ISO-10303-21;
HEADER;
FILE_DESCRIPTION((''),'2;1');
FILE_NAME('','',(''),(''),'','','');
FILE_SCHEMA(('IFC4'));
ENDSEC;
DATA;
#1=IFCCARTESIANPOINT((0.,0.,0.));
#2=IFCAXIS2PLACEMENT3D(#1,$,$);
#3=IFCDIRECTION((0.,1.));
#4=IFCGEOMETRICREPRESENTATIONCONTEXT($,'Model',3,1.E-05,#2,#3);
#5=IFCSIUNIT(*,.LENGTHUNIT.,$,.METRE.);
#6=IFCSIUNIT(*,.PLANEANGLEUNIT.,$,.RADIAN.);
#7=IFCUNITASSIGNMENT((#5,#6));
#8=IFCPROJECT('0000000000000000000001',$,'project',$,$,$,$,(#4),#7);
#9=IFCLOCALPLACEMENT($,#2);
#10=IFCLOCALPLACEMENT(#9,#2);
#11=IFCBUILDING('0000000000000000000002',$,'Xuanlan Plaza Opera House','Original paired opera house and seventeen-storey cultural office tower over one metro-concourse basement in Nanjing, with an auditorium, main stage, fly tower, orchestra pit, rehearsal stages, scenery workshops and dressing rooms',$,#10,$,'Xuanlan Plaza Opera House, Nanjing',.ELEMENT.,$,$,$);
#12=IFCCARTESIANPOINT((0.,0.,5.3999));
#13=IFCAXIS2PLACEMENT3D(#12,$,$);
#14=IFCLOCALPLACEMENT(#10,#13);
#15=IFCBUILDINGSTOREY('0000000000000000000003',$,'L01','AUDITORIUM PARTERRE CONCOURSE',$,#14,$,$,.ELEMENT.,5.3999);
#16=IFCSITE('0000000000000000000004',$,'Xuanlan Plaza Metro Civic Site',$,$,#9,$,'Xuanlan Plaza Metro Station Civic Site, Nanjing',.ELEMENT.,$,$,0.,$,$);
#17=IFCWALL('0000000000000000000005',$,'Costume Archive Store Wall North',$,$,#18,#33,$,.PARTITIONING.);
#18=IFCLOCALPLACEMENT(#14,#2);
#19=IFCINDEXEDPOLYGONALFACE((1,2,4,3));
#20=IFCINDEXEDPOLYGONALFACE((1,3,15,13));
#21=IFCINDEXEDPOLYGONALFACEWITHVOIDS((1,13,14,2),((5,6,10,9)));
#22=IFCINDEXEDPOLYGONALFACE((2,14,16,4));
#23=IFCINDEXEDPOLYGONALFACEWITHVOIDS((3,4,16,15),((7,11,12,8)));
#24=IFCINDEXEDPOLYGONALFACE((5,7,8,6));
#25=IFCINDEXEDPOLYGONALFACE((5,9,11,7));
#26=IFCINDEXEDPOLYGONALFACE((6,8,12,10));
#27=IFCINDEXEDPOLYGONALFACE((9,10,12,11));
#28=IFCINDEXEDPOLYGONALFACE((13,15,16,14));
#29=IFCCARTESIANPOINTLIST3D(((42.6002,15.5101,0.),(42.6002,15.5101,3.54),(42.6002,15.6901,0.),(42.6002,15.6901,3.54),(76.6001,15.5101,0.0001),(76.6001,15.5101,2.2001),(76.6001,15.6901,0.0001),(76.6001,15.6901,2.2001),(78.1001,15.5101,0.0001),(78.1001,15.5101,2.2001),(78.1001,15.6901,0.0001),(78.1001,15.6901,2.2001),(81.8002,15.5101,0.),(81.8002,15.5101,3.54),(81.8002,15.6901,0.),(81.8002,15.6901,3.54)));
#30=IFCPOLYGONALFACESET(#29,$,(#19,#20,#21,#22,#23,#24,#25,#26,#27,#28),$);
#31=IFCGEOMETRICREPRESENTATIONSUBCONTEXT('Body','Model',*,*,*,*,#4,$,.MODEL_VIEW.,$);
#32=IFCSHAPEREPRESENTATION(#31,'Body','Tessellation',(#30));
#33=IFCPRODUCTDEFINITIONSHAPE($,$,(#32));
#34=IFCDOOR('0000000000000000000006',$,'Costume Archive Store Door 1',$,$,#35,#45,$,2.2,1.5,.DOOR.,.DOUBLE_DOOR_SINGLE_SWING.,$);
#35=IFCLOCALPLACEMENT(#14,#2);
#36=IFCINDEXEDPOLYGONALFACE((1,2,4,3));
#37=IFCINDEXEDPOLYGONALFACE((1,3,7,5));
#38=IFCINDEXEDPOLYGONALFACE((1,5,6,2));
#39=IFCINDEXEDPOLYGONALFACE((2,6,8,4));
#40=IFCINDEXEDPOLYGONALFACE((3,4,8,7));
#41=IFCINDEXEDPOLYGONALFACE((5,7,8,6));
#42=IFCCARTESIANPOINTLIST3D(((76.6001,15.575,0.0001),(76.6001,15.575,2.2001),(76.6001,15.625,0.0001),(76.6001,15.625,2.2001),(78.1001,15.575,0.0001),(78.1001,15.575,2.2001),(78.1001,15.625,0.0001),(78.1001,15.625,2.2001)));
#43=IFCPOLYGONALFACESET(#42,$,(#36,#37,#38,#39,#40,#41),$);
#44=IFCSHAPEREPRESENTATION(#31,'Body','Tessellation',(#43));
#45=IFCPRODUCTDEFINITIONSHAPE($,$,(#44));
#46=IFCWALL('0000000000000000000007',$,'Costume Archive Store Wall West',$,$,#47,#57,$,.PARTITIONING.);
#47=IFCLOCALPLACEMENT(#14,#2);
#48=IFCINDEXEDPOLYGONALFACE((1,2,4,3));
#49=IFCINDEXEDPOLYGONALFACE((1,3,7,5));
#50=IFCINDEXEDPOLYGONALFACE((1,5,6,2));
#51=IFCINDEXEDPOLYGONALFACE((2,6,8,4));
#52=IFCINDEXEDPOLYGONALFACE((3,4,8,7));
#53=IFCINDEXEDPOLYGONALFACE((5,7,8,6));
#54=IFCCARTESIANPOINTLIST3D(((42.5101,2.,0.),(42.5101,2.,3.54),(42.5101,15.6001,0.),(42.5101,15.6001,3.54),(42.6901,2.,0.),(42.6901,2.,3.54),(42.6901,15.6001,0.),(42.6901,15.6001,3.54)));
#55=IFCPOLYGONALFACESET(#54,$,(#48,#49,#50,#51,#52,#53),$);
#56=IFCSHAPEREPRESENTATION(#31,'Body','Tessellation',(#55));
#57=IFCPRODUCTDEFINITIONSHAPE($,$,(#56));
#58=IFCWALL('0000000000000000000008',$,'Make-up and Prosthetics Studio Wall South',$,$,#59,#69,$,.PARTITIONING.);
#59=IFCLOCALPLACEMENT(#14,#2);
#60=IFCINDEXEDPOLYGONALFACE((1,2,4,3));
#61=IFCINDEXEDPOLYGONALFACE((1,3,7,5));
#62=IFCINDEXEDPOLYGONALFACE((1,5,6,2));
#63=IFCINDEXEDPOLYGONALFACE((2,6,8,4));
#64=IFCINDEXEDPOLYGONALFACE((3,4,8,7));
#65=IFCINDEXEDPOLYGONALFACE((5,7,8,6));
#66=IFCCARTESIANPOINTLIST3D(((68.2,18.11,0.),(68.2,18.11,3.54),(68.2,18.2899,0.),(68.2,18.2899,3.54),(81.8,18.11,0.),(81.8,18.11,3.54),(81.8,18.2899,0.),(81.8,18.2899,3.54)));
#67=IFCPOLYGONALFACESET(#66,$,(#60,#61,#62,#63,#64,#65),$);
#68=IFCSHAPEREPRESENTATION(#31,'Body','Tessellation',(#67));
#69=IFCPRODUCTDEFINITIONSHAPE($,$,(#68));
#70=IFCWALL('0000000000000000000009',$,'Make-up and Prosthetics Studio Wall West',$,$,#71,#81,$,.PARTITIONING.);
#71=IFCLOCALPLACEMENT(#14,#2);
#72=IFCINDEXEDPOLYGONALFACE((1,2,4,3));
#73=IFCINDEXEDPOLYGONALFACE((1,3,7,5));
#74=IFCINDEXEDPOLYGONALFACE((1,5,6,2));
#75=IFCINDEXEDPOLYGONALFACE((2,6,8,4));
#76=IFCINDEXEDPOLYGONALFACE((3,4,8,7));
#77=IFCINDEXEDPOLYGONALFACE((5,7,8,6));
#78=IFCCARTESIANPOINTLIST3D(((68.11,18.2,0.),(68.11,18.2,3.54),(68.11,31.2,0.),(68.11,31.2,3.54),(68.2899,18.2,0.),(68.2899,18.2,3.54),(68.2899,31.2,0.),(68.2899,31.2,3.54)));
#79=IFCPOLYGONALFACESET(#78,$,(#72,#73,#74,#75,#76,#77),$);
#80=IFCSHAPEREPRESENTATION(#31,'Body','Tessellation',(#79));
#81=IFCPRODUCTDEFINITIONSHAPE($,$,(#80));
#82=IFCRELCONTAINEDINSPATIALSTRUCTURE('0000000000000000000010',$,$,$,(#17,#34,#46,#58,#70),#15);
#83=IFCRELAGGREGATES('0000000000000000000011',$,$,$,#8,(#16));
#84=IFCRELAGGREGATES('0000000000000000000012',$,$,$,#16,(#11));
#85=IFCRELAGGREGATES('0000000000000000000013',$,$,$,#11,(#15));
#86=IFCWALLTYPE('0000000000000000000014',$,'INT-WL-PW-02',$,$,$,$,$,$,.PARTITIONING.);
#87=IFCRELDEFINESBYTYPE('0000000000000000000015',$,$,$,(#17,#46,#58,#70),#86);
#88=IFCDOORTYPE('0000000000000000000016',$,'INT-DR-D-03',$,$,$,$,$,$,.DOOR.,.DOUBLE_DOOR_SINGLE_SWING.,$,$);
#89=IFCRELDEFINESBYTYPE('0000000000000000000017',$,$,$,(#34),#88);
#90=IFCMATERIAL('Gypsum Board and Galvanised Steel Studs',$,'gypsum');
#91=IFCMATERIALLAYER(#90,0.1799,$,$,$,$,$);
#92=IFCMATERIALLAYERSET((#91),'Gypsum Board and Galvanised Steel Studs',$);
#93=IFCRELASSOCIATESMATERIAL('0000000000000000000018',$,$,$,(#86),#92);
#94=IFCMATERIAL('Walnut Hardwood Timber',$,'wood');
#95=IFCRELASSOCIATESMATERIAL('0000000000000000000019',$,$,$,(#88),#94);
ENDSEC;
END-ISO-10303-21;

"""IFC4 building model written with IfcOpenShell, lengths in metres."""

from ifc_helpers import new_model, si_unit, direction, frame, frame_2d, origin, place, context, subcontext, project, spatial, rectangle, extrude, material, layer, layer_set, type_object, element, fill, save


model = new_model("IFC4")

# Units and contexts
model_context = context("Model", 3, precision=1e-05, world=origin(), true_north=direction((0.0, 1.0)))
body_context = subcontext(model_context, "Body", "Model", "MODEL_VIEW")
ifc_project = project(units=[si_unit("LENGTHUNIT", "METRE"), si_unit("PLANEANGLEUNIT", "RADIAN")], contexts=[model_context])

# Site, building, storey
site_placement = place(None, origin())
site = spatial("IfcSite", under=ifc_project, at=site_placement, Name="Xuanlan Plaza Metro Civic Site", LongName="Xuanlan Plaza Metro Station Civic Site, Nanjing", CompositionType="ELEMENT", RefElevation=0.0)
building_placement = place(site_placement, origin())
building = spatial("IfcBuilding", under=site, at=building_placement, Name="Xuanlan Plaza Opera House", Description="Original paired opera house and seventeen-storey cultural office tower over one metro-concourse basement in Nanjing, with an auditorium, main stage, fly tower, orchestra pit, rehearsal stages, scenery workshops and dressing rooms", LongName="Xuanlan Plaza Opera House, Nanjing", CompositionType="ELEMENT")
storey_placement = place(building_placement, frame((0.0, 0.0, 5.3999)))
storey = spatial("IfcBuildingStorey", under=building, at=storey_placement, Name="L01", Description="AUDITORIUM PARTERRE CONCOURSE", CompositionType="ELEMENT", Elevation=5.3999)

# Shared definitions
ifc_material_1 = material(Name="Gypsum Board and Galvanised Steel Studs", Category="gypsum")
ifc_layer = layer(ifc_material_1, 0.1799)
ifc_layer_set = layer_set([ifc_layer], Name="Gypsum Board and Galvanised Steel Studs")
wall_type = type_object("IfcWallType", Name="INT-WL-PW-02", PredefinedType="PARTITIONING", material=ifc_layer_set)

# Wall, opening, door
wall_1_placement = place(storey_placement, frame((42.6001, 15.6001, 0.0), z_axis=(0.0, 0.0, 1.0), x_axis=(1.0, 0.0, 0.0)))
wall_1 = element("IfcWall", 1, at=wall_1_placement, inside=storey, type_object=wall_type, Name="Costume Archive Store Wall North", PredefinedType="PARTITIONING", context=body_context, shape_type="SweptSolid", body=[
    extrude(rectangle(XDim=39.2, YDim=0.1799, at=frame_2d((19.6001, 0.0))), origin(), (0.0, 0.0, 1.0), 3.54),
])
opening_placement = place(wall_1_placement, frame((34.0, 0.0, 0.0)))
opening = element("IfcOpeningElement", 2, at=opening_placement, cuts=wall_1, PredefinedType="OPENING", context=body_context, shape_type="SweptSolid", body=[
    extrude(rectangle(XDim=1.5, YDim=2.2, at=frame_2d((0.75, 1.1001))), frame((0.0, 0.0999, 0.0), z_axis=(0.0, -1.0, 0.0), x_axis=(1.0, 0.0, 0.0)), (0.0, 0.0, 1.0), 0.2),
])
ifc_material_2 = material(Name="Walnut Hardwood Timber", Category="wood")
door_type = type_object("IfcDoorType", Name="INT-DR-D-03", OperationType="DOUBLE_DOOR_SINGLE_SWING", PredefinedType="DOOR", material=ifc_material_2)
door_placement = place(opening_placement, origin())
door = element("IfcDoor", 3, at=door_placement, inside=storey, type_object=door_type, Name="Costume Archive Store Door 1", OperationType="DOUBLE_DOOR_SINGLE_SWING", OverallHeight=2.2, OverallWidth=1.5, PredefinedType="DOOR", context=body_context, shape_type="SweptSolid", body=[
    extrude(rectangle(XDim=1.5, YDim=2.2, at=frame_2d((0.75, 1.1001))), frame((0.0, 0.0249, 0.0), z_axis=(0.0, -1.0, 0.0), x_axis=(1.0, 0.0, 0.0)), (0.0, 0.0, 1.0), 0.05),
])
fill(opening, door)

# Walls
for number, where, z_axis, x_axis, name in (
    (4, (42.6001, 2.0, 0.0), (0.0, 0.0, 1.0), (0.0, 1.0, 0.0), "Costume Archive Store Wall West"),
    (5, (68.2, 18.2, 0.0), (0.0, 0.0, 1.0), (1.0, 0.0, 0.0), "Make-up and Prosthetics Studio Wall South"),
):
    element("IfcWall", number, at=place(storey_placement, frame(where, z_axis=z_axis, x_axis=x_axis)), inside=storey, type_object=wall_type, Name=name, PredefinedType="PARTITIONING", context=body_context, shape_type="SweptSolid", body=[
        extrude(rectangle(XDim=13.6001, YDim=0.1799, at=frame_2d((6.8, 0.0))), origin(), (0.0, 0.0, 1.0), 3.54),
    ])
wall_2_placement = place(storey_placement, frame((68.2, 18.2, 0.0), z_axis=(0.0, 0.0, 1.0), x_axis=(0.0, 1.0, 0.0)))
element("IfcWall", 6, at=wall_2_placement, inside=storey, type_object=wall_type, Name="Make-up and Prosthetics Studio Wall West", PredefinedType="PARTITIONING", context=body_context, shape_type="SweptSolid", body=[
    extrude(rectangle(XDim=13.0, YDim=0.1799, at=frame_2d((6.5, 0.0))), origin(), (0.0, 0.0, 1.0), 3.54),
])

save(model, "model.ifc")
